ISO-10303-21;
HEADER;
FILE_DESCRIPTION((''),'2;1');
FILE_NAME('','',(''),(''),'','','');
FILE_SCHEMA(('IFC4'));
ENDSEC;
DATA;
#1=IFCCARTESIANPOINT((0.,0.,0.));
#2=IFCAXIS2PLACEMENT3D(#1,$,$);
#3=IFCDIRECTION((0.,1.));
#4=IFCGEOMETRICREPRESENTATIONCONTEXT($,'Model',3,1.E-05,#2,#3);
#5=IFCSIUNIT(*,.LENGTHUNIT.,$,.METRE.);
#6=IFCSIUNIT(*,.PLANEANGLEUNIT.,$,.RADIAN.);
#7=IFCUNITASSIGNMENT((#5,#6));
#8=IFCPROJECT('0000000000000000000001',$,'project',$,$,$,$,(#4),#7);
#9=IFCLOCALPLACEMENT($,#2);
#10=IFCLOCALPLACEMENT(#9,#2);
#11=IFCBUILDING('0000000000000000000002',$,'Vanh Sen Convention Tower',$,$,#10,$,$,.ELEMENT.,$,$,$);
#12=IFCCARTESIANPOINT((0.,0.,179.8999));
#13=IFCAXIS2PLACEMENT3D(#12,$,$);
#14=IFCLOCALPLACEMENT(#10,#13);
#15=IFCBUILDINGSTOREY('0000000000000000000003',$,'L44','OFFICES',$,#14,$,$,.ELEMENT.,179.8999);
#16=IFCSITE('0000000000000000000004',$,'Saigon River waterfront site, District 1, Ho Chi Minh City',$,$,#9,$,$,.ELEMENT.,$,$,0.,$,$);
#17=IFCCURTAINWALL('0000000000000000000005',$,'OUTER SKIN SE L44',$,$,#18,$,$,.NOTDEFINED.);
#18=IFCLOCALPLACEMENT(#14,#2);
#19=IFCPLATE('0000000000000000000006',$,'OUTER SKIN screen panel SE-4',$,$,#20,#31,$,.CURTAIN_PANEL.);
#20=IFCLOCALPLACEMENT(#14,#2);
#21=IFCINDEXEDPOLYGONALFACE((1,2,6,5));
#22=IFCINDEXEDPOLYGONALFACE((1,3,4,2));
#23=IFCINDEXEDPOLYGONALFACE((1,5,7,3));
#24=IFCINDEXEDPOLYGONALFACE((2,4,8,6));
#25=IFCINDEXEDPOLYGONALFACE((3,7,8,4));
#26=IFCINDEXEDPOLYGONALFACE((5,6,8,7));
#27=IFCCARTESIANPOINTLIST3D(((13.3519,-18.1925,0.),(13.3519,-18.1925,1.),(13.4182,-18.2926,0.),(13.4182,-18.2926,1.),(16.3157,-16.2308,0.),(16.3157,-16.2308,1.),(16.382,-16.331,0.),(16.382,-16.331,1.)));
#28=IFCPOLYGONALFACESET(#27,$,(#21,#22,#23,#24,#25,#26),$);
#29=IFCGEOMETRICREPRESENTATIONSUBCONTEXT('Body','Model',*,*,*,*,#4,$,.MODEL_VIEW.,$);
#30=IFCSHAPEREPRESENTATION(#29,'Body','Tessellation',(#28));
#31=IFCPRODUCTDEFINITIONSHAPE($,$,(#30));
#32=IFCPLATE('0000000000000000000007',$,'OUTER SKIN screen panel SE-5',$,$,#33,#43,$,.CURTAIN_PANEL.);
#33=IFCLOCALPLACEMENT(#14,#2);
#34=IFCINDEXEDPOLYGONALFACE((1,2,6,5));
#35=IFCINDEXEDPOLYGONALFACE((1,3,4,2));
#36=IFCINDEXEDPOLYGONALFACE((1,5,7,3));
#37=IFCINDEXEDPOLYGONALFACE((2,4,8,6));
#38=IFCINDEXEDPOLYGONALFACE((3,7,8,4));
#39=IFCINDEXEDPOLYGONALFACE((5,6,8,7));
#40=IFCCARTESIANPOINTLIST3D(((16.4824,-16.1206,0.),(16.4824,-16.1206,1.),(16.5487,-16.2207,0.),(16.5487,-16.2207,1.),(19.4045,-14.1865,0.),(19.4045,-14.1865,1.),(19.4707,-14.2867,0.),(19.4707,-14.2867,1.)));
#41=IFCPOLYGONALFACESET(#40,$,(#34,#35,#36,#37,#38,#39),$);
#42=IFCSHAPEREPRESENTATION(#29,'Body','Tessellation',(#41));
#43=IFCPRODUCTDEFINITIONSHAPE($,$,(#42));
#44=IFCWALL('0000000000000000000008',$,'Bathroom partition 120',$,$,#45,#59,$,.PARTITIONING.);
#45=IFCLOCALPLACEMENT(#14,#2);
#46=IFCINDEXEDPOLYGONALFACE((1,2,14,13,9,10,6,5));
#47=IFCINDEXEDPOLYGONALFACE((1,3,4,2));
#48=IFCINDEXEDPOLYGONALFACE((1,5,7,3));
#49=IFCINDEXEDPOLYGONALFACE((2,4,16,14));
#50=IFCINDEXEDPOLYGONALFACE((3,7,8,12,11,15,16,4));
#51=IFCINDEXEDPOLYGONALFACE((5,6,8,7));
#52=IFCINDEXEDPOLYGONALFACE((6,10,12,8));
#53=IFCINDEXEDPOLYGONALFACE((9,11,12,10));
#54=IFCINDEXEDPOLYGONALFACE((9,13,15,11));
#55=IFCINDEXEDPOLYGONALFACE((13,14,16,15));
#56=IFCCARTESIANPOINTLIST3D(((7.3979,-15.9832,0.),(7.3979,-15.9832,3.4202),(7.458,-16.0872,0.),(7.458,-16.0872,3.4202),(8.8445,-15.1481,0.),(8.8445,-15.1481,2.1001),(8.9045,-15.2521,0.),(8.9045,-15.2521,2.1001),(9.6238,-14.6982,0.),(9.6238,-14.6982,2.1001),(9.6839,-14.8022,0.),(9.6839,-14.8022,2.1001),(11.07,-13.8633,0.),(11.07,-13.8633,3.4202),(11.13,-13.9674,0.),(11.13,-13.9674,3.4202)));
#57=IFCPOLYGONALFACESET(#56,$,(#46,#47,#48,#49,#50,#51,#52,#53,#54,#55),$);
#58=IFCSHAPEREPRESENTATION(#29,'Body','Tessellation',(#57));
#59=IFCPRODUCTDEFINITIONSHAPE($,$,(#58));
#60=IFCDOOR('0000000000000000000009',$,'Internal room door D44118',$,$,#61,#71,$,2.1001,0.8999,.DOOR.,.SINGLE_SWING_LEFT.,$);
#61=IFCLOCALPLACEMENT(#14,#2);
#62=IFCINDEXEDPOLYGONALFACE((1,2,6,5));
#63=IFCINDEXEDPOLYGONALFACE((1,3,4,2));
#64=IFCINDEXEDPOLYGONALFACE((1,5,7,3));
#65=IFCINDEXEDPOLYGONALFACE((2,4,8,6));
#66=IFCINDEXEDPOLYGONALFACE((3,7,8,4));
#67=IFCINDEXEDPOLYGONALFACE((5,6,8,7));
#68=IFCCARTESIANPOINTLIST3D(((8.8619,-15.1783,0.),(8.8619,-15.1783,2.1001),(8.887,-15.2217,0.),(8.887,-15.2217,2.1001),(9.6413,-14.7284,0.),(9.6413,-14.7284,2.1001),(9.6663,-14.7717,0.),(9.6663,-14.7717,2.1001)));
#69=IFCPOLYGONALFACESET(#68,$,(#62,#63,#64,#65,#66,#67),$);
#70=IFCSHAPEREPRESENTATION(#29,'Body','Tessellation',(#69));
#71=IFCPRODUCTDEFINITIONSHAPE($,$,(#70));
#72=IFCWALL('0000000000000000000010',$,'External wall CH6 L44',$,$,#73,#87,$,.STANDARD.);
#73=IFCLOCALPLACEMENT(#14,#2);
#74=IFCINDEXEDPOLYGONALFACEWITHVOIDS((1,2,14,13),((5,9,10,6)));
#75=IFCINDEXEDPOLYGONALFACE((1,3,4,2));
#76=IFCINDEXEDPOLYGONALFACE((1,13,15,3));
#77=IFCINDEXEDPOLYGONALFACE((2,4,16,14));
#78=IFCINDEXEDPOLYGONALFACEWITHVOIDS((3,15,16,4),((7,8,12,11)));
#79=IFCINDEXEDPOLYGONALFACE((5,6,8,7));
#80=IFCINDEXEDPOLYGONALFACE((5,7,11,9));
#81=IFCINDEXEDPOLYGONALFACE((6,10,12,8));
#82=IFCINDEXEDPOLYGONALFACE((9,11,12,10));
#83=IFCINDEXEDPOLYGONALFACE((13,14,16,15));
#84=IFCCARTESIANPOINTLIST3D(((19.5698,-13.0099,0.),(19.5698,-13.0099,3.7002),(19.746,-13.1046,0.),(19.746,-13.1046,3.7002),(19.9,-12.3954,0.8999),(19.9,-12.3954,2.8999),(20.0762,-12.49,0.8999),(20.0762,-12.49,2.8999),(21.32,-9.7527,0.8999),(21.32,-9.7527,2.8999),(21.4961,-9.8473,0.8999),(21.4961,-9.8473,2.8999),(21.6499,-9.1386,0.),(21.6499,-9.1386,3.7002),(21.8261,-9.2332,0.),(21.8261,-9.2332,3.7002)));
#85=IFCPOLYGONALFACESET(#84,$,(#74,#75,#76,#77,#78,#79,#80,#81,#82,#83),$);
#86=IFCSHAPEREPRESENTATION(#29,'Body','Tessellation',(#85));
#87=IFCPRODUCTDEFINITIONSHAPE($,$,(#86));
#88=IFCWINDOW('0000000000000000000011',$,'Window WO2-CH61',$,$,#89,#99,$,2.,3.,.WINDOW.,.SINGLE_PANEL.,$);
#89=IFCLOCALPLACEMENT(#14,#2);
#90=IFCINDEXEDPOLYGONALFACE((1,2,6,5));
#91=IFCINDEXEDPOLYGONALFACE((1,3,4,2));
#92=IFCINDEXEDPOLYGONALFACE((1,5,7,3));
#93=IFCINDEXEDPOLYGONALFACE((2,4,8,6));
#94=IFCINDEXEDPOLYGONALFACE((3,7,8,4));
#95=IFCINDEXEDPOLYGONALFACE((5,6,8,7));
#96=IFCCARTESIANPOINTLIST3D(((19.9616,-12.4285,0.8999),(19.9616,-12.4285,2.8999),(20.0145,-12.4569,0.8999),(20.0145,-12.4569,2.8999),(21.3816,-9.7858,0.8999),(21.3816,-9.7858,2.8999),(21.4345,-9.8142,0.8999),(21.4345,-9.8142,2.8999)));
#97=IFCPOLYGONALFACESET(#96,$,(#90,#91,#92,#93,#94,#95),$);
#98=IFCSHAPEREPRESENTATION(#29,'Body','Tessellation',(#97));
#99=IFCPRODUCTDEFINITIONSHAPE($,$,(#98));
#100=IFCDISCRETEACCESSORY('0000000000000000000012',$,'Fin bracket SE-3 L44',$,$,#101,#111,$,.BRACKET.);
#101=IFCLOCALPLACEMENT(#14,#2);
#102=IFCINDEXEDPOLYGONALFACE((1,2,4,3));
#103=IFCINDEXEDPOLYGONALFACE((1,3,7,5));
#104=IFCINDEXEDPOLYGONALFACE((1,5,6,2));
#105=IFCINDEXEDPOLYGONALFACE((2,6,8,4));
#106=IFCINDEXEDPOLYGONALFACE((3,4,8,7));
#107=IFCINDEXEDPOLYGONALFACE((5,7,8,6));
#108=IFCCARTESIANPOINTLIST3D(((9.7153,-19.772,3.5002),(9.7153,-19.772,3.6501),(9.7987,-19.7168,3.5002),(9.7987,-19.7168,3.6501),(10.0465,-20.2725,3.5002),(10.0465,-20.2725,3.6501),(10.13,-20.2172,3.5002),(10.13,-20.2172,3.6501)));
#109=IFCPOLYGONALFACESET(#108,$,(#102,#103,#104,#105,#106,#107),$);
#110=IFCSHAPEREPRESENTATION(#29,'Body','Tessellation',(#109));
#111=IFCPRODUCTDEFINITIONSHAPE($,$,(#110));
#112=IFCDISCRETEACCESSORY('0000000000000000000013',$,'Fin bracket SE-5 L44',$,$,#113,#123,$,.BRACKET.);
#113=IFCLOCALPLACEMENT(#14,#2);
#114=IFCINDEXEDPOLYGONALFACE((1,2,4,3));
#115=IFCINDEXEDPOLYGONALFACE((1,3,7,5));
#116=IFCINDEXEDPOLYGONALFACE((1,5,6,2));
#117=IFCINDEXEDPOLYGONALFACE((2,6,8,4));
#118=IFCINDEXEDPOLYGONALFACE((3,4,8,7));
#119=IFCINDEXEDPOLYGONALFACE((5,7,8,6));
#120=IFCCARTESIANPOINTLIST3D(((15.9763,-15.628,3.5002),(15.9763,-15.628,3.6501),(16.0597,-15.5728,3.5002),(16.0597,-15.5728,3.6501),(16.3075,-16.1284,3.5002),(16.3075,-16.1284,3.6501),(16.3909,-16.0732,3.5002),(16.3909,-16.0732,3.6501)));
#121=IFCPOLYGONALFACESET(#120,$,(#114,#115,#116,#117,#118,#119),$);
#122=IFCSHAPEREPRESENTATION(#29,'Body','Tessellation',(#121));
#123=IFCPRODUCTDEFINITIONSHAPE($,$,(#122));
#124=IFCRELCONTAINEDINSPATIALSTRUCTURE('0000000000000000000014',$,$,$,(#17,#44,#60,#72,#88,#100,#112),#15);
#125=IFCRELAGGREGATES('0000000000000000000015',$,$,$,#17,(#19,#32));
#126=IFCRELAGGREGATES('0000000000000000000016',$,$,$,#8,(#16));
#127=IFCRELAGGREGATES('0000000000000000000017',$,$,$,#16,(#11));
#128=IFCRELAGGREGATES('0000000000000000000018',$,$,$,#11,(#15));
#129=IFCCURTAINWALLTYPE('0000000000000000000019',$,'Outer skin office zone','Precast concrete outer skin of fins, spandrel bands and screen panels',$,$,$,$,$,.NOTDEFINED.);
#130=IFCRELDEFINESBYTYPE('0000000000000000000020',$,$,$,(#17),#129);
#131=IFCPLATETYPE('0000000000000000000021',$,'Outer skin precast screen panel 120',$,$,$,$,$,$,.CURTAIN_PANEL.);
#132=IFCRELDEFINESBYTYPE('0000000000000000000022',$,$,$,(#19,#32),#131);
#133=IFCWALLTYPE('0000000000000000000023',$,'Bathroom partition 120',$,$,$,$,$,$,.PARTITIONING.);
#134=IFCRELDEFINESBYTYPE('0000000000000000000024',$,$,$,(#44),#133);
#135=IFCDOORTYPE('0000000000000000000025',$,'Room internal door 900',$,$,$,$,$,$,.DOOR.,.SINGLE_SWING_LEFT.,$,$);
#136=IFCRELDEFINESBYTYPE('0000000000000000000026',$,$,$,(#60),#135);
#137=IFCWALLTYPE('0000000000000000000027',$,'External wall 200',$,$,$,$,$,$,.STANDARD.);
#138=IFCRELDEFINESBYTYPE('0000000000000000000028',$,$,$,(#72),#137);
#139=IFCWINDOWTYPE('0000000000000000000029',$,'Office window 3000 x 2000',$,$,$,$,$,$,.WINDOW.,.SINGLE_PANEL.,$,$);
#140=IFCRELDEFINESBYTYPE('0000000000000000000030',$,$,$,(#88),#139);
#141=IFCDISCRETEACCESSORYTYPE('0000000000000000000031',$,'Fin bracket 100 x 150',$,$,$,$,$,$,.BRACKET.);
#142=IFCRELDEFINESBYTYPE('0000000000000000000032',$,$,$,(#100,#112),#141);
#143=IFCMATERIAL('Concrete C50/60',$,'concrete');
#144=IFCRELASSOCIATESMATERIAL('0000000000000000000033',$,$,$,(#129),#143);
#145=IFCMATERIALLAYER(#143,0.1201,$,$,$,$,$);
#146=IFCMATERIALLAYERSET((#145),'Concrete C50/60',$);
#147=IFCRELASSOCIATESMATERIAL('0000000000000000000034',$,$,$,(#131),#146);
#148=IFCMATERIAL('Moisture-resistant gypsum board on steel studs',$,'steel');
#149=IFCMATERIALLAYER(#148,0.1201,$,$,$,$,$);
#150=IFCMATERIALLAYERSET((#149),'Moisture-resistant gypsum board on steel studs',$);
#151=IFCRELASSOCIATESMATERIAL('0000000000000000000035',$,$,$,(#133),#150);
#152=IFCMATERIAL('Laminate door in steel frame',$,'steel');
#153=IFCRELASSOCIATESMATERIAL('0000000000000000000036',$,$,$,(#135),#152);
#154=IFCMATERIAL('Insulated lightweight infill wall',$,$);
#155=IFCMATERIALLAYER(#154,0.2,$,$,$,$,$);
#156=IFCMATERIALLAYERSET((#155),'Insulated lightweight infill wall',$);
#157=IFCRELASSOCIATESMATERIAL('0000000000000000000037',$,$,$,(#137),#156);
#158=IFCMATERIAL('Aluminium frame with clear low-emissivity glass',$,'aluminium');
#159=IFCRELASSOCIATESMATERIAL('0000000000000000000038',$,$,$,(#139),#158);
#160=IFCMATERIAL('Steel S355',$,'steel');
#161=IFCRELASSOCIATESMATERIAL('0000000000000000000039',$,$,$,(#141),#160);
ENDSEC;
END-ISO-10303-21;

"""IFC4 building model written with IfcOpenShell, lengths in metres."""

from ifc_helpers import new_model, si_unit, direction, frame, frame_2d, origin, origin_2d, place, context, subcontext, project, spatial, rectangle, extrude, material, layer, layer_set, type_object, element, fill, aggregate, save


model = new_model("IFC4")

# Units and contexts
model_context = context("Model", 3, precision=1e-05, world=origin(), true_north=direction((0.0, 1.0)))
body_context = subcontext(model_context, "Body", "Model", "MODEL_VIEW")
ifc_project = project(units=[si_unit("LENGTHUNIT", "METRE"), si_unit("PLANEANGLEUNIT", "RADIAN")], contexts=[model_context])

# Site, building, storey
site_placement = place(None, origin())
site = spatial("IfcSite", under=ifc_project, at=site_placement, Name="Saigon River waterfront site, District 1, Ho Chi Minh City", CompositionType="ELEMENT", RefElevation=0.0)
building_placement = place(site_placement, origin())
building = spatial("IfcBuilding", under=site, at=building_placement, Name="Vanh Sen Convention Tower", CompositionType="ELEMENT")
storey_placement = place(building_placement, frame((0.0, 0.0, 179.8999)))
storey = spatial("IfcBuildingStorey", under=building, at=storey_placement, Name="L44", Description="OFFICES", CompositionType="ELEMENT", Elevation=179.8999)

# Curtain wall
ifc_material_1 = material(Name="Concrete C50/60", Category="concrete")
curtain_wall_type = type_object("IfcCurtainWallType", Name="Outer skin office zone", Description="Precast concrete outer skin of fins, spandrel bands and screen panels", PredefinedType="NOTDEFINED", material=ifc_material_1)
curtain_wall_1_placement = place(storey_placement, origin())
curtain_wall_1 = element("IfcCurtainWall", 1, at=curtain_wall_1_placement, inside=storey, type_object=curtain_wall_type, Name="OUTER SKIN SE L44", PredefinedType="NOTDEFINED")

# Plates
ifc_layer_1 = layer(ifc_material_1, 0.1201)
ifc_layer_set_1 = layer_set([ifc_layer_1], Name="Concrete C50/60")
plate_type = type_object("IfcPlateType", Name="Outer skin precast screen panel 120", PredefinedType="CURTAIN_PANEL", material=ifc_layer_set_1)
plate_1_placement = place(storey_placement, frame((14.8669, -17.2617, 0.0), z_axis=(0.0, 0.0, 1.0), x_axis=(0.83389, 0.551931, 0.0)))
plate_1 = element("IfcPlate", 2, at=plate_1_placement, type_object=plate_type, Name="OUTER SKIN screen panel SE-4", PredefinedType="CURTAIN_PANEL", context=body_context, shape_type="SweptSolid", body=[
    extrude(rectangle(XDim=3.5542, YDim=0.1201, at=origin_2d()), origin(), (0.0, 0.0, 1.0), 1.0),
])
plate_2_placement = place(storey_placement, frame((17.9766, -15.2036, 0.0), z_axis=(0.0, 0.0, 1.0), x_axis=(0.83389, 0.551931, 0.0)))
plate_2 = element("IfcPlate", 3, at=plate_2_placement, type_object=plate_type, Name="OUTER SKIN screen panel SE-5", PredefinedType="CURTAIN_PANEL", context=body_context, shape_type="SweptSolid", body=[
    extrude(rectangle(XDim=3.5042, YDim=0.1201, at=origin_2d()), origin(), (0.0, 0.0, 1.0), 1.0),
])
aggregate(curtain_wall_1, [plate_1, plate_2])

# Wall, opening, door
ifc_material_2 = material(Name="Moisture-resistant gypsum board on steel studs", Category="steel")
ifc_layer_2 = layer(ifc_material_2, 0.1201)
ifc_layer_set_2 = layer_set([ifc_layer_2], Name="Moisture-resistant gypsum board on steel studs")
wall_type_1 = type_object("IfcWallType", Name="Bathroom partition 120", PredefinedType="PARTITIONING", material=ifc_layer_set_2)
wall_1_placement = place(storey_placement, frame((11.1001, -13.9153, 0.0), z_axis=(0.0, 0.0, 1.0), x_axis=(-0.866048, -0.49996, 0.0)))
wall_1 = element("IfcWall", 4, at=wall_1_placement, inside=storey, type_object=wall_type_1, Name="Bathroom partition 120", PredefinedType="PARTITIONING", context=body_context, shape_type="SweptSolid", body=[
    extrude(rectangle(XDim=4.24, YDim=0.1201, at=frame_2d((2.1201, 0.0))), origin(), (0.0, 0.0, 1.0), 3.4202),
])
opening_1_placement = place(wall_1_placement, frame((1.6699, 0.0, 0.0)))
opening_1 = element("IfcOpeningElement", 5, at=opening_1_placement, cuts=wall_1, PredefinedType="OPENING", context=body_context, shape_type="SweptSolid", body=[
    extrude(rectangle(XDim=0.8999, YDim=2.1001, at=frame_2d((0.45, 1.05))), frame((0.0, 0.0701, 0.0), z_axis=(0.0, -1.0, 0.0), x_axis=(1.0, 0.0, 0.0)), (0.0, 0.0, 1.0), 0.1401),
])
ifc_material_3 = material(Name="Laminate door in steel frame", Category="steel")
door_type = type_object("IfcDoorType", Name="Room internal door 900", OperationType="SINGLE_SWING_LEFT", PredefinedType="DOOR", material=ifc_material_3)
door_placement = place(opening_1_placement, origin())
door = element("IfcDoor", 6, at=door_placement, inside=storey, type_object=door_type, Name="Internal room door D44118", OperationType="SINGLE_SWING_LEFT", OverallHeight=2.1001, OverallWidth=0.8999, PredefinedType="DOOR", context=body_context, shape_type="SweptSolid", body=[
    extrude(rectangle(XDim=0.8999, YDim=2.1001, at=frame_2d((0.45, 1.05))), frame((0.0, 0.0249, 0.0), z_axis=(0.0, -1.0, 0.0), x_axis=(1.0, 0.0, 0.0)), (0.0, 0.0, 1.0), 0.05),
])
fill(opening_1, door)

# Wall, opening, window
ifc_material_4 = material(Name="Insulated lightweight infill wall")
ifc_layer_3 = layer(ifc_material_4, 0.2)
ifc_layer_set_3 = layer_set([ifc_layer_3], Name="Insulated lightweight infill wall")
wall_type_2 = type_object("IfcWallType", Name="External wall 200", PredefinedType="STANDARD", material=ifc_layer_set_3)
wall_2_placement = place(storey_placement, frame((19.658, -13.0571, 0.0), z_axis=(0.0, 0.0, 1.0), x_axis=(0.473308, 0.880897, 0.0)))
wall_2 = element("IfcWall", 7, at=wall_2_placement, inside=storey, type_object=wall_type_2, Name="External wall CH6 L44", PredefinedType="STANDARD", context=body_context, shape_type="SweptSolid", body=[
    extrude(rectangle(XDim=4.3948, YDim=0.2, at=frame_2d((2.1973, 0.0))), origin(), (0.0, 0.0, 1.0), 3.7002),
])
opening_2_placement = place(wall_2_placement, frame((0.6975, 0.0, 0.8999)))
opening_2 = element("IfcOpeningElement", 8, at=opening_2_placement, cuts=wall_2, PredefinedType="OPENING", context=body_context, shape_type="SweptSolid", body=[
    extrude(rectangle(XDim=3.0, YDim=2.0, at=frame_2d((1.5, 1.0))), frame((0.0, 0.1099, 0.0), z_axis=(0.0, -1.0, 0.0), x_axis=(1.0, 0.0, 0.0)), (0.0, 0.0, 1.0), 0.22),
])
ifc_material_5 = material(Name="Aluminium frame with clear low-emissivity glass", Category="aluminium")
window_type = type_object("IfcWindowType", Name="Office window 3000 x 2000", PartitioningType="SINGLE_PANEL", PredefinedType="WINDOW", material=ifc_material_5)
window_placement = place(opening_2_placement, origin())
window = element("IfcWindow", 9, at=window_placement, inside=storey, type_object=window_type, Name="Window WO2-CH61", OverallHeight=2.0, OverallWidth=3.0, PartitioningType="SINGLE_PANEL", PredefinedType="WINDOW", context=body_context, shape_type="SweptSolid", body=[
    extrude(rectangle(XDim=3.0, YDim=2.0, at=frame_2d((1.5, 1.0))), frame((0.0, 0.03, 0.0), z_axis=(0.0, -1.0, 0.0), x_axis=(1.0, 0.0, 0.0)), (0.0, 0.0, 1.0), 0.0601),
])
fill(opening_2, window)

# Discrete accessories
ifc_material_6 = material(Name="Steel S355", Category="steel")
discrete_accessory_type = type_object("IfcDiscreteAccessoryType", Name="Fin bracket 100 x 150", PredefinedType="BRACKET", material=ifc_material_6)
for number, where, z_axis, x_axis, name in (
    (10, (9.9226, -19.9946, 3.5002), (0.0, 0.0, 1.0), (0.551937, -0.833886, 0.0), "Fin bracket SE-3 L44"),
    (11, (16.1836, -15.8506, 3.5002), (0.0, 0.0, 1.0), (0.551937, -0.833886, 0.0), "Fin bracket SE-5 L44"),
):
    element("IfcDiscreteAccessory", number, at=place(storey_placement, frame(where, z_axis=z_axis, x_axis=x_axis)), inside=storey, type_object=discrete_accessory_type, Name=name, PredefinedType="BRACKET", context=body_context, shape_type="SweptSolid", body=[
        extrude(rectangle(XDim=0.6001, YDim=0.1001, at=origin_2d()), origin(), (0.0, 0.0, 1.0), 0.1499),
    ])

save(model, "model.ifc")
